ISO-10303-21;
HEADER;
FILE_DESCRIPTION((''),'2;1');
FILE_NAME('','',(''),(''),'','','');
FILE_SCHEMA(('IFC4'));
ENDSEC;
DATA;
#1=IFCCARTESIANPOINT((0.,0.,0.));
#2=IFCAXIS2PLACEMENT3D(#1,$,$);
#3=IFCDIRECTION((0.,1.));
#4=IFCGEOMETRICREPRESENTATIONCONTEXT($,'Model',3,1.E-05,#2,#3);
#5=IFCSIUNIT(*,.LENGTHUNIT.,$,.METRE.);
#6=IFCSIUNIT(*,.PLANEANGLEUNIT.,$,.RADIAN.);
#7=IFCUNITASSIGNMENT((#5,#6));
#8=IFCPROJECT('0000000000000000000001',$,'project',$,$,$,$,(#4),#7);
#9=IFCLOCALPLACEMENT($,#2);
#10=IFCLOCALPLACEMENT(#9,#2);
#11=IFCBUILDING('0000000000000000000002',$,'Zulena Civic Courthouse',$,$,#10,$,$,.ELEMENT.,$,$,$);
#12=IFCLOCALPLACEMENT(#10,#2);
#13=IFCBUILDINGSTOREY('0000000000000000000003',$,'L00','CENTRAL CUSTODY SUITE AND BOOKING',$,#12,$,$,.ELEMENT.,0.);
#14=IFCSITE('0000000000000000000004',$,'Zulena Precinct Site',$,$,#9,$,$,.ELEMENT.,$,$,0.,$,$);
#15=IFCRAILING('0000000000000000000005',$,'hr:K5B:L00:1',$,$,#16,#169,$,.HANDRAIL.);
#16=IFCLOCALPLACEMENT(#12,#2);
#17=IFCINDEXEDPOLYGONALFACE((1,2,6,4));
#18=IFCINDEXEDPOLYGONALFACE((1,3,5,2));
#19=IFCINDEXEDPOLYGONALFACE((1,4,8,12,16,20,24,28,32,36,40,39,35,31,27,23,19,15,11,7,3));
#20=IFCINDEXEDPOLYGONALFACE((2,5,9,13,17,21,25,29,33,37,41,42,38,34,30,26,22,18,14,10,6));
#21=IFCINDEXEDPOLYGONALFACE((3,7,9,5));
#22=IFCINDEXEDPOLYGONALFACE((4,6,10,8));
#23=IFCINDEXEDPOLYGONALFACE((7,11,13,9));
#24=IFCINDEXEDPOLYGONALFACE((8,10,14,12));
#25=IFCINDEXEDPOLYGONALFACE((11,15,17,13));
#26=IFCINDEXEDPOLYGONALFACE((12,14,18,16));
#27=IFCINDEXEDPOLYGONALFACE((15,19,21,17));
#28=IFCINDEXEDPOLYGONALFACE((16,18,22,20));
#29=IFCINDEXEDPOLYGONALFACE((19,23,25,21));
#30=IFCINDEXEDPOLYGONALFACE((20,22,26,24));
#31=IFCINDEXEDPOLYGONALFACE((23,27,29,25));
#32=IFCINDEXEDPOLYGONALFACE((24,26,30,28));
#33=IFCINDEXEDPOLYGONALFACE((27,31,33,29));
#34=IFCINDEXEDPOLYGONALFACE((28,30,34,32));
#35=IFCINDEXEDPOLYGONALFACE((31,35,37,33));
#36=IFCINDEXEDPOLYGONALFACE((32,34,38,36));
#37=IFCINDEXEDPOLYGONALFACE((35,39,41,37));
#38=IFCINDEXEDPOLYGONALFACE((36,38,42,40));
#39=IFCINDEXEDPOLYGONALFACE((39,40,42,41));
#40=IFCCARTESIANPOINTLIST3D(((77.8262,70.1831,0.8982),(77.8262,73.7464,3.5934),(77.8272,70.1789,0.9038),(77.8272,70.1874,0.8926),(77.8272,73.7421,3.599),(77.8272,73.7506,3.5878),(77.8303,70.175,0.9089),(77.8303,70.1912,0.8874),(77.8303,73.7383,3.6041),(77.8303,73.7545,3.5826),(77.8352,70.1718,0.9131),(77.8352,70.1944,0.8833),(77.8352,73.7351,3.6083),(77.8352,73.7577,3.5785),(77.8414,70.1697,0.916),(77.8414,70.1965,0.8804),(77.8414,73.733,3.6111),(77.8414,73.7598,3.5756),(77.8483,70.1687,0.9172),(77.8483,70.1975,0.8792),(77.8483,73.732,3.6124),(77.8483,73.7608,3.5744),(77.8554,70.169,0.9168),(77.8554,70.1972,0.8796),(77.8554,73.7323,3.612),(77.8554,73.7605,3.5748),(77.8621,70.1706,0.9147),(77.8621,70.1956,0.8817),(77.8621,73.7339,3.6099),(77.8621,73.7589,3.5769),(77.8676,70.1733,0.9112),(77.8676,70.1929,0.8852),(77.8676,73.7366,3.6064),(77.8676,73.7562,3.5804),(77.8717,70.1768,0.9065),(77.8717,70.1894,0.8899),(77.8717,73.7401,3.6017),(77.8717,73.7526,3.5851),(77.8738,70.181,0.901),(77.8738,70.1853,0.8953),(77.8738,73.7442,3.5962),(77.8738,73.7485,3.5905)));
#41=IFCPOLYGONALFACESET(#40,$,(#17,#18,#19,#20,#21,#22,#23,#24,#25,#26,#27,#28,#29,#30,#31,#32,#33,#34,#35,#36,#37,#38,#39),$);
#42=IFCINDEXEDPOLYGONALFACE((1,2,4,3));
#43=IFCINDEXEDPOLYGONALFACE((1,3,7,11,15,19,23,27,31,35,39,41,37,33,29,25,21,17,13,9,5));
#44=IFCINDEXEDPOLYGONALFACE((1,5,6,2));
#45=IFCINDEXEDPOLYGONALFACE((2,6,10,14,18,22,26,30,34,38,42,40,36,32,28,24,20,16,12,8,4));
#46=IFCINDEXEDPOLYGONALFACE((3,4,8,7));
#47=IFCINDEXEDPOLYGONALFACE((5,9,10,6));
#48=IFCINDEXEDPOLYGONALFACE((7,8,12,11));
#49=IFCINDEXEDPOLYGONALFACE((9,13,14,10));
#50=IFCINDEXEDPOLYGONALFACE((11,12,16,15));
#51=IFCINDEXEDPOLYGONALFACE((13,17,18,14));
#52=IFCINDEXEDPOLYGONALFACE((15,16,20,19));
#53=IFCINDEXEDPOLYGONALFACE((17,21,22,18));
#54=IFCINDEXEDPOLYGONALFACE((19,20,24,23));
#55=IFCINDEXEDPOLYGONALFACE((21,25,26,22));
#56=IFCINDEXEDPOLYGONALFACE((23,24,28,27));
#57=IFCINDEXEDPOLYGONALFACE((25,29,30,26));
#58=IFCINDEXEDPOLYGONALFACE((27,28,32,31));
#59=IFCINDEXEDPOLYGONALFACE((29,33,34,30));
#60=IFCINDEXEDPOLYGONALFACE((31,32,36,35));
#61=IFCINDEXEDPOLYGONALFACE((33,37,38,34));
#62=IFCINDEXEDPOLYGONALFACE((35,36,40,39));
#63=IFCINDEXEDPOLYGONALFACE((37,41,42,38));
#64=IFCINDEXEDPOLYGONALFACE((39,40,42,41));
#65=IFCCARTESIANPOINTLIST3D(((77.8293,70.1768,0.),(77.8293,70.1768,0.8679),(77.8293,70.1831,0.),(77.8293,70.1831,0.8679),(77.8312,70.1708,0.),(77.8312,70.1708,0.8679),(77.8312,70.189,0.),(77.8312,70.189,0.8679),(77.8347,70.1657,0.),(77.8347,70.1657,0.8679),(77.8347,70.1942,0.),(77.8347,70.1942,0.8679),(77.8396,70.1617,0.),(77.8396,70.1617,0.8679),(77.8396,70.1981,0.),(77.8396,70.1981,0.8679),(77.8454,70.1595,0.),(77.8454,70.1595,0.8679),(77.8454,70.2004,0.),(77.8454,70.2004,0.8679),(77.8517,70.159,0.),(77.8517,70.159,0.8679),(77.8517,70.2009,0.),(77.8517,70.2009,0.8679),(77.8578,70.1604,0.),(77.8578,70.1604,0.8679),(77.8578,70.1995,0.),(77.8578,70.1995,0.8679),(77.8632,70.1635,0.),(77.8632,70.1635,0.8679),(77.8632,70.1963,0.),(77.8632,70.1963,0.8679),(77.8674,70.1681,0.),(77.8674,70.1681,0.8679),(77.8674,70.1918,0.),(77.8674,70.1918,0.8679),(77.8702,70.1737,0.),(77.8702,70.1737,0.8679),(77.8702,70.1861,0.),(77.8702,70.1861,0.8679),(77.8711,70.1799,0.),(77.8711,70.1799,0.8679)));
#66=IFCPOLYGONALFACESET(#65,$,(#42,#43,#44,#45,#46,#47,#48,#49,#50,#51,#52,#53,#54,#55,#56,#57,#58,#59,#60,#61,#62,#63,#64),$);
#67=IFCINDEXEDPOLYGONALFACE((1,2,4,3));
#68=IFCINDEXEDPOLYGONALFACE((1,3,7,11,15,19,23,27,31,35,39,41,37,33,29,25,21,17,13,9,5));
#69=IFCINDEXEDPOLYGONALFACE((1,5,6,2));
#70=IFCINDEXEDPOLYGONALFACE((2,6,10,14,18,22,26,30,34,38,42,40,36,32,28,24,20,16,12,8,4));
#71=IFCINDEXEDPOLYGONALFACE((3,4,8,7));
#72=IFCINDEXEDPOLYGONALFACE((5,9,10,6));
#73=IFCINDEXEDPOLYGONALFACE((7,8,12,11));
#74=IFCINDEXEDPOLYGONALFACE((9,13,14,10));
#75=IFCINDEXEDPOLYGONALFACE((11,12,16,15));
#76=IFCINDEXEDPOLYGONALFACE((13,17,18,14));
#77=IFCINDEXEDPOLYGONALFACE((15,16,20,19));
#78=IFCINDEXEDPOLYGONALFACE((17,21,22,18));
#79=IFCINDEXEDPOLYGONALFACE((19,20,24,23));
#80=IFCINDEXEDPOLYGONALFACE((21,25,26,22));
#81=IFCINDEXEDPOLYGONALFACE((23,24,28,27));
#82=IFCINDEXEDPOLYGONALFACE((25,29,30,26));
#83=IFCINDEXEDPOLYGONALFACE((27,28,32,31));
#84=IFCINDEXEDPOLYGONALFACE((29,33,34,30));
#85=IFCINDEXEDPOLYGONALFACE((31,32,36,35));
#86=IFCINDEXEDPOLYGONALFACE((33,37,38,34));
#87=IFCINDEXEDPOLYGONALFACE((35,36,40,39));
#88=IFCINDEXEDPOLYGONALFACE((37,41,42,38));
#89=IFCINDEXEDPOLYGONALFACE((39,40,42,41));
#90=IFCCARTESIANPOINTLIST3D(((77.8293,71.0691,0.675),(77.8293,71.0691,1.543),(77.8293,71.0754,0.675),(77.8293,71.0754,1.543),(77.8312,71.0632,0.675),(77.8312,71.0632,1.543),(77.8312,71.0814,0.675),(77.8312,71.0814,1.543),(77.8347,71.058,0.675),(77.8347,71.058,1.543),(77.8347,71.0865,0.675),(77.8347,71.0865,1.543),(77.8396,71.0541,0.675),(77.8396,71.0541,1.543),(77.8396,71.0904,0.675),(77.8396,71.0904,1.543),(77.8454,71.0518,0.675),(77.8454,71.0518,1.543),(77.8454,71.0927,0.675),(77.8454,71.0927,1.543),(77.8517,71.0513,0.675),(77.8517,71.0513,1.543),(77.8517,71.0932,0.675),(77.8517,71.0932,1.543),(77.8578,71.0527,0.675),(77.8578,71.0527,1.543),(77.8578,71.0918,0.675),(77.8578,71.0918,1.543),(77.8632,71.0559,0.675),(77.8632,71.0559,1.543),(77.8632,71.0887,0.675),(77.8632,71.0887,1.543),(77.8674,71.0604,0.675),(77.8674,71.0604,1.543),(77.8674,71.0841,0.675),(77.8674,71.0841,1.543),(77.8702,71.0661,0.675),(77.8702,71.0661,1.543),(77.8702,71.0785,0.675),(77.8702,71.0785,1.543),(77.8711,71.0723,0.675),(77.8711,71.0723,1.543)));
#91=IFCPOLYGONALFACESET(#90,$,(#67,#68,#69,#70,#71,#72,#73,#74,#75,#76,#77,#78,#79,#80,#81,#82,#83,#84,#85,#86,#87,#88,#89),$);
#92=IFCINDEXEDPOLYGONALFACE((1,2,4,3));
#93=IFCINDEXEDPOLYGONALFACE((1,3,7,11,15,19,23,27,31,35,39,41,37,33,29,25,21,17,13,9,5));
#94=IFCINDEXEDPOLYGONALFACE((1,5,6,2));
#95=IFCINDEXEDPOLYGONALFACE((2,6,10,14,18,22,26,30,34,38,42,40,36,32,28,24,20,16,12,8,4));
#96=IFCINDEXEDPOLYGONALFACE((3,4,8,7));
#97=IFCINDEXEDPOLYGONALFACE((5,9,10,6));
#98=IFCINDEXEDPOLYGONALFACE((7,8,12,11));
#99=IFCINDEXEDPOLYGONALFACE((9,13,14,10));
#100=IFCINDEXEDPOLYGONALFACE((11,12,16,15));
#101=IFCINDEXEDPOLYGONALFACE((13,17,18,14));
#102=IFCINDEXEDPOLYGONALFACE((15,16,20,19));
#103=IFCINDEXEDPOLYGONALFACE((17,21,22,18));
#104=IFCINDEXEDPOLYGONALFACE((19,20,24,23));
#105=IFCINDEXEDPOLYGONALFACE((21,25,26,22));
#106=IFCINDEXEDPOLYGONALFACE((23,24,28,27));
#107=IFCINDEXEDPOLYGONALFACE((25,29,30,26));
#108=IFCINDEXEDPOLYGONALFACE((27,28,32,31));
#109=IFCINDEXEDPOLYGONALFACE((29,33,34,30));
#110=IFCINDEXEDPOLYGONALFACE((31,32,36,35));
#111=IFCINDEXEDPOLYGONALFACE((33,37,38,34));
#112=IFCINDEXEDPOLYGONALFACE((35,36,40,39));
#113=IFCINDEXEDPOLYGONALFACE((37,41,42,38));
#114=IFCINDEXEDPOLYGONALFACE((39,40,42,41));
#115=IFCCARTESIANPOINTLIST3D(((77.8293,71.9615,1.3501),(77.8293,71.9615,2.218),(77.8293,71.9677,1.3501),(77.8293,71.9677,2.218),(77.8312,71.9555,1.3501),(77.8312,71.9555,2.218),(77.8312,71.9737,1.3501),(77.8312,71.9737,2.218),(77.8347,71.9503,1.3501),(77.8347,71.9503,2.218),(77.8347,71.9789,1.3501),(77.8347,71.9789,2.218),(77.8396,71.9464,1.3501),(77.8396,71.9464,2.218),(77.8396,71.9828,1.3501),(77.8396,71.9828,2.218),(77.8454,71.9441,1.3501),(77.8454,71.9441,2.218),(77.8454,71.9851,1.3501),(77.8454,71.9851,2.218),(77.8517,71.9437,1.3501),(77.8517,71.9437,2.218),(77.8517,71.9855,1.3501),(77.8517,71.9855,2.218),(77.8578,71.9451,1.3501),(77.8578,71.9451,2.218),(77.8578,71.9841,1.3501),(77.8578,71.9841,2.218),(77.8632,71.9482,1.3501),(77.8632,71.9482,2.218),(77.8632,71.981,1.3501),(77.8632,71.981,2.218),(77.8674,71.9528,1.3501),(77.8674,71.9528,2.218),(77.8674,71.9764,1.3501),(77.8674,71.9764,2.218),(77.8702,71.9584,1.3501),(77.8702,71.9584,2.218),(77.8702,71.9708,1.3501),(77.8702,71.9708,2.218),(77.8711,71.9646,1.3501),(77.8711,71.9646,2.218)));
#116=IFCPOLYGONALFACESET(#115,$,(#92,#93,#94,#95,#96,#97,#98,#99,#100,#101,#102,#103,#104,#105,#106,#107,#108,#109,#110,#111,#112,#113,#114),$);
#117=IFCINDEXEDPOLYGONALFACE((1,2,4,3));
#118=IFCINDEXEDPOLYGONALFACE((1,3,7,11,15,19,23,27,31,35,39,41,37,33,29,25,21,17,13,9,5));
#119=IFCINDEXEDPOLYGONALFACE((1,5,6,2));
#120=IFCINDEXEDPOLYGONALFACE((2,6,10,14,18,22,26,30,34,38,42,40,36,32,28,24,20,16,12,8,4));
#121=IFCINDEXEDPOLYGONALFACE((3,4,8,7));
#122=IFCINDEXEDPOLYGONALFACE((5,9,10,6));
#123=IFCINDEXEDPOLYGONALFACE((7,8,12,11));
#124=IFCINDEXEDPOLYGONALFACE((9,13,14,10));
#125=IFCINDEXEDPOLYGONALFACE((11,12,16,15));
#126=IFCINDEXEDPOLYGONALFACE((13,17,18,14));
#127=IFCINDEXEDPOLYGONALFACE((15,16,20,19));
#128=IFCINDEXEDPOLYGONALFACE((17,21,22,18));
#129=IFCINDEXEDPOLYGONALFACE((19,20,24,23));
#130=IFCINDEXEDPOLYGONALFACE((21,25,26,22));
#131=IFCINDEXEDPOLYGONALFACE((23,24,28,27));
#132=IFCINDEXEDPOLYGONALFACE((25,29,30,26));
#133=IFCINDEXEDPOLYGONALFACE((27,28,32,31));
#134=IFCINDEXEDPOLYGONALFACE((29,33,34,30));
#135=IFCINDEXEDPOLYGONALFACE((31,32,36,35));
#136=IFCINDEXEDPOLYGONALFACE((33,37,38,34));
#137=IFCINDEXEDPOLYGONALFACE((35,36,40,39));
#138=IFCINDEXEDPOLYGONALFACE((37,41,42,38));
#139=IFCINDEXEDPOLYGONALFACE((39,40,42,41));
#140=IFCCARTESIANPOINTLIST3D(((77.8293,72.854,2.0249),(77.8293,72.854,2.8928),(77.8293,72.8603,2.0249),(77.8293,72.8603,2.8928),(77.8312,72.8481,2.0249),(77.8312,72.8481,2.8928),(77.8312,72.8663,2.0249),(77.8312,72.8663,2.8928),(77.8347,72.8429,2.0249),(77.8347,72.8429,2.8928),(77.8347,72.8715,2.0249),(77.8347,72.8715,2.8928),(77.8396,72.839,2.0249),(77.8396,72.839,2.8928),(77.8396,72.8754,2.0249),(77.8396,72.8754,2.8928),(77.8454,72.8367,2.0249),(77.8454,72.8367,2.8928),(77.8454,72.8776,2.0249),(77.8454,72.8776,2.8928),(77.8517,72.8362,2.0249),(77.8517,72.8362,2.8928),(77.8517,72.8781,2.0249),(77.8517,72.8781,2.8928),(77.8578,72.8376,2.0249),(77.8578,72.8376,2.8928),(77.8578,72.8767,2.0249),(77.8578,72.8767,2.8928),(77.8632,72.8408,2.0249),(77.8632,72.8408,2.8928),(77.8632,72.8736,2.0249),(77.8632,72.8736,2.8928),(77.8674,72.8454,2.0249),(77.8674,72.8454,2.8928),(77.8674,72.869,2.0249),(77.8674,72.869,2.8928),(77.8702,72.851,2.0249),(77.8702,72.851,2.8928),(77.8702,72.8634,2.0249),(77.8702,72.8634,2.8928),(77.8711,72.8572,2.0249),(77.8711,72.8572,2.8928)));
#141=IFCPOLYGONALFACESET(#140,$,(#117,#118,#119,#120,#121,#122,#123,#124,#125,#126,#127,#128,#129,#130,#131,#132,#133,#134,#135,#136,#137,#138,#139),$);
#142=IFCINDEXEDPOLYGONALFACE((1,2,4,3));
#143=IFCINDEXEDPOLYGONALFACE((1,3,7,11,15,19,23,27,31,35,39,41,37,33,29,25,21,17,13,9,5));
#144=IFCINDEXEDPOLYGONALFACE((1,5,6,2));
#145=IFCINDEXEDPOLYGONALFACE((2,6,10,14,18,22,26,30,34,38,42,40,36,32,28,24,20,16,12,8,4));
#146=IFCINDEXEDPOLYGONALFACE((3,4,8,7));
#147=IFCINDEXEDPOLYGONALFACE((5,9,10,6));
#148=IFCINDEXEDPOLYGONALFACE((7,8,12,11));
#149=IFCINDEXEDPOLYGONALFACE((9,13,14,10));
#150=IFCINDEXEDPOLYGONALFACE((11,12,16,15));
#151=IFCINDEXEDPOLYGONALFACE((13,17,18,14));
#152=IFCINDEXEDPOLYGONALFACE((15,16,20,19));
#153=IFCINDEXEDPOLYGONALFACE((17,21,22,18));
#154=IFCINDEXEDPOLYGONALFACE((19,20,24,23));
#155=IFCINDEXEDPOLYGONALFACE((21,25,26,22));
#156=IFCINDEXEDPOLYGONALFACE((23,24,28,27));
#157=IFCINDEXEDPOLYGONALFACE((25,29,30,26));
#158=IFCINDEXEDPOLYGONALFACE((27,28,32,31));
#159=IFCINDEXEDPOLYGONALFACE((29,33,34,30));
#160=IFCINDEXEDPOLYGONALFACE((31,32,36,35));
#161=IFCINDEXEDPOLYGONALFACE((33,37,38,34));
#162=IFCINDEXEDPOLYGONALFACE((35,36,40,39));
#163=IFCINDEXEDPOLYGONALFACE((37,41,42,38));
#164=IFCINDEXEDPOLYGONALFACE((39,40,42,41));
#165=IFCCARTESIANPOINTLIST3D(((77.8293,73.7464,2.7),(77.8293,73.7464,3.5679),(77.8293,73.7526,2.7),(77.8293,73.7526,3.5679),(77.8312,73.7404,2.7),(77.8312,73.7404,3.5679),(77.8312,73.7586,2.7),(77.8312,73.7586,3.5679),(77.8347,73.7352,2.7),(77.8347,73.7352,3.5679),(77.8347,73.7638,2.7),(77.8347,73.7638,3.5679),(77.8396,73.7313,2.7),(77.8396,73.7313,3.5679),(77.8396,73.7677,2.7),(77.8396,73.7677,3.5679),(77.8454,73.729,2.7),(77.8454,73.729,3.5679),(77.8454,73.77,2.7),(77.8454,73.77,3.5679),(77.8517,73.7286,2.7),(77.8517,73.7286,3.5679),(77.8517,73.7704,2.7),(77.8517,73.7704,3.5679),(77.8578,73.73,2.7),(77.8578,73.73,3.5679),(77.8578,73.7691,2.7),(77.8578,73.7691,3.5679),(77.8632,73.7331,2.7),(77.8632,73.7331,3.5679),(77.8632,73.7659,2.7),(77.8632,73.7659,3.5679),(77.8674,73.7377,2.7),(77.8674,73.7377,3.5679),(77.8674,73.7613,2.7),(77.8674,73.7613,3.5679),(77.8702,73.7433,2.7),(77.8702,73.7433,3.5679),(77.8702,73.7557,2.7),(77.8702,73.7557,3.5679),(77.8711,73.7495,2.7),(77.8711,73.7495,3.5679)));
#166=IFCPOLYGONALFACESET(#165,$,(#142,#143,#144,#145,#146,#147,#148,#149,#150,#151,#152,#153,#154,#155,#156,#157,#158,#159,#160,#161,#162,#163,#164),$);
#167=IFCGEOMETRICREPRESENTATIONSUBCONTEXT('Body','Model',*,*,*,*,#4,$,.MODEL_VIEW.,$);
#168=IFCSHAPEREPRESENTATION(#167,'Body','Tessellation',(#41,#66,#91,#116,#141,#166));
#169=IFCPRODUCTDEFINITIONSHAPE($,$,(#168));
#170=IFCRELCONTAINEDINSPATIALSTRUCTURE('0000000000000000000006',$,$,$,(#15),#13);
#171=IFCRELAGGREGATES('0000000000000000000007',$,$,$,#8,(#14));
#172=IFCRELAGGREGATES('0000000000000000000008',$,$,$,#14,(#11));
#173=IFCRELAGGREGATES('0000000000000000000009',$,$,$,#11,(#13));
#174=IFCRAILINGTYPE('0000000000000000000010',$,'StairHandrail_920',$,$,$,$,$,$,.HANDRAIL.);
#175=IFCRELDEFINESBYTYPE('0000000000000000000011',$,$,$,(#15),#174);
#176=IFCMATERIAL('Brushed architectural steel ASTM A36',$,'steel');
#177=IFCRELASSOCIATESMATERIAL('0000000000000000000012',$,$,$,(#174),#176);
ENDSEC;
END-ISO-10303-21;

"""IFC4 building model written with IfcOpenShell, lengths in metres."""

from ifc_helpers import new_model, si_unit, direction, frame, origin, origin_2d, place, context, subcontext, project, spatial, circle, extrude, material, type_object, element, save


model = new_model("IFC4")

# Units and contexts
model_context = context("Model", 3, precision=1e-05, world=origin(), true_north=direction((0.0, 1.0)))
body_context = subcontext(model_context, "Body", "Model", "MODEL_VIEW")
ifc_project = project(units=[si_unit("LENGTHUNIT", "METRE"), si_unit("PLANEANGLEUNIT", "RADIAN")], contexts=[model_context])

# Site, building, storey
site_placement = place(None, origin())
site = spatial("IfcSite", under=ifc_project, at=site_placement, Name="Zulena Precinct Site", CompositionType="ELEMENT", RefElevation=0.0)
building_placement = place(site_placement, origin())
building = spatial("IfcBuilding", under=site, at=building_placement, Name="Zulena Civic Courthouse", CompositionType="ELEMENT")
storey_placement = place(building_placement, origin())
storey = spatial("IfcBuildingStorey", under=building, at=storey_placement, Name="L00", Description="CENTRAL CUSTODY SUITE AND BOOKING", CompositionType="ELEMENT", Elevation=0.0)

# Railing
ifc_material_1 = material(Name="Brushed architectural steel ASTM A36", Category="steel")
railing_type_1 = type_object("IfcRailingType", Name="StairHandrail_920", PredefinedType="HANDRAIL", material=ifc_material_1)
railing_1_placement = place(storey_placement, frame((77.8501, 70.1799, 0.0)))
element("IfcRailing", 1, at=railing_1_placement, inside=storey, type_object=railing_type_1, Name="hr:K5B:L00:1", PredefinedType="HANDRAIL", context=body_context, shape_type="SweptSolid", body=[
    extrude(circle(Radius=0.0239, at=origin_2d()), frame((0.0, 0.0032, 0.8982), z_axis=(0.0, 0.797552, 0.60325), x_axis=(-1.0, 0.0, 0.0)), (0.0, 0.0, 1.0), 4.4678),
    extrude(circle(Radius=0.021, at=origin_2d()), origin(), (0.0, 0.0, 1.0), 0.8679),
    extrude(circle(Radius=0.021, at=origin_2d()), frame((0.0, 0.8923, 0.675)), (0.0, 0.0, 1.0), 0.8679),
    extrude(circle(Radius=0.021, at=origin_2d()), frame((0.0, 1.7847, 1.3501)), (0.0, 0.0, 1.0), 0.8679),
    extrude(circle(Radius=0.021, at=origin_2d()), frame((0.0, 2.6772, 2.0249)), (0.0, 0.0, 1.0), 0.8679),
    extrude(circle(Radius=0.021, at=origin_2d()), frame((0.0, 3.5696, 2.7)), (0.0, 0.0, 1.0), 0.8679),
])

save(model, "model.ifc")
